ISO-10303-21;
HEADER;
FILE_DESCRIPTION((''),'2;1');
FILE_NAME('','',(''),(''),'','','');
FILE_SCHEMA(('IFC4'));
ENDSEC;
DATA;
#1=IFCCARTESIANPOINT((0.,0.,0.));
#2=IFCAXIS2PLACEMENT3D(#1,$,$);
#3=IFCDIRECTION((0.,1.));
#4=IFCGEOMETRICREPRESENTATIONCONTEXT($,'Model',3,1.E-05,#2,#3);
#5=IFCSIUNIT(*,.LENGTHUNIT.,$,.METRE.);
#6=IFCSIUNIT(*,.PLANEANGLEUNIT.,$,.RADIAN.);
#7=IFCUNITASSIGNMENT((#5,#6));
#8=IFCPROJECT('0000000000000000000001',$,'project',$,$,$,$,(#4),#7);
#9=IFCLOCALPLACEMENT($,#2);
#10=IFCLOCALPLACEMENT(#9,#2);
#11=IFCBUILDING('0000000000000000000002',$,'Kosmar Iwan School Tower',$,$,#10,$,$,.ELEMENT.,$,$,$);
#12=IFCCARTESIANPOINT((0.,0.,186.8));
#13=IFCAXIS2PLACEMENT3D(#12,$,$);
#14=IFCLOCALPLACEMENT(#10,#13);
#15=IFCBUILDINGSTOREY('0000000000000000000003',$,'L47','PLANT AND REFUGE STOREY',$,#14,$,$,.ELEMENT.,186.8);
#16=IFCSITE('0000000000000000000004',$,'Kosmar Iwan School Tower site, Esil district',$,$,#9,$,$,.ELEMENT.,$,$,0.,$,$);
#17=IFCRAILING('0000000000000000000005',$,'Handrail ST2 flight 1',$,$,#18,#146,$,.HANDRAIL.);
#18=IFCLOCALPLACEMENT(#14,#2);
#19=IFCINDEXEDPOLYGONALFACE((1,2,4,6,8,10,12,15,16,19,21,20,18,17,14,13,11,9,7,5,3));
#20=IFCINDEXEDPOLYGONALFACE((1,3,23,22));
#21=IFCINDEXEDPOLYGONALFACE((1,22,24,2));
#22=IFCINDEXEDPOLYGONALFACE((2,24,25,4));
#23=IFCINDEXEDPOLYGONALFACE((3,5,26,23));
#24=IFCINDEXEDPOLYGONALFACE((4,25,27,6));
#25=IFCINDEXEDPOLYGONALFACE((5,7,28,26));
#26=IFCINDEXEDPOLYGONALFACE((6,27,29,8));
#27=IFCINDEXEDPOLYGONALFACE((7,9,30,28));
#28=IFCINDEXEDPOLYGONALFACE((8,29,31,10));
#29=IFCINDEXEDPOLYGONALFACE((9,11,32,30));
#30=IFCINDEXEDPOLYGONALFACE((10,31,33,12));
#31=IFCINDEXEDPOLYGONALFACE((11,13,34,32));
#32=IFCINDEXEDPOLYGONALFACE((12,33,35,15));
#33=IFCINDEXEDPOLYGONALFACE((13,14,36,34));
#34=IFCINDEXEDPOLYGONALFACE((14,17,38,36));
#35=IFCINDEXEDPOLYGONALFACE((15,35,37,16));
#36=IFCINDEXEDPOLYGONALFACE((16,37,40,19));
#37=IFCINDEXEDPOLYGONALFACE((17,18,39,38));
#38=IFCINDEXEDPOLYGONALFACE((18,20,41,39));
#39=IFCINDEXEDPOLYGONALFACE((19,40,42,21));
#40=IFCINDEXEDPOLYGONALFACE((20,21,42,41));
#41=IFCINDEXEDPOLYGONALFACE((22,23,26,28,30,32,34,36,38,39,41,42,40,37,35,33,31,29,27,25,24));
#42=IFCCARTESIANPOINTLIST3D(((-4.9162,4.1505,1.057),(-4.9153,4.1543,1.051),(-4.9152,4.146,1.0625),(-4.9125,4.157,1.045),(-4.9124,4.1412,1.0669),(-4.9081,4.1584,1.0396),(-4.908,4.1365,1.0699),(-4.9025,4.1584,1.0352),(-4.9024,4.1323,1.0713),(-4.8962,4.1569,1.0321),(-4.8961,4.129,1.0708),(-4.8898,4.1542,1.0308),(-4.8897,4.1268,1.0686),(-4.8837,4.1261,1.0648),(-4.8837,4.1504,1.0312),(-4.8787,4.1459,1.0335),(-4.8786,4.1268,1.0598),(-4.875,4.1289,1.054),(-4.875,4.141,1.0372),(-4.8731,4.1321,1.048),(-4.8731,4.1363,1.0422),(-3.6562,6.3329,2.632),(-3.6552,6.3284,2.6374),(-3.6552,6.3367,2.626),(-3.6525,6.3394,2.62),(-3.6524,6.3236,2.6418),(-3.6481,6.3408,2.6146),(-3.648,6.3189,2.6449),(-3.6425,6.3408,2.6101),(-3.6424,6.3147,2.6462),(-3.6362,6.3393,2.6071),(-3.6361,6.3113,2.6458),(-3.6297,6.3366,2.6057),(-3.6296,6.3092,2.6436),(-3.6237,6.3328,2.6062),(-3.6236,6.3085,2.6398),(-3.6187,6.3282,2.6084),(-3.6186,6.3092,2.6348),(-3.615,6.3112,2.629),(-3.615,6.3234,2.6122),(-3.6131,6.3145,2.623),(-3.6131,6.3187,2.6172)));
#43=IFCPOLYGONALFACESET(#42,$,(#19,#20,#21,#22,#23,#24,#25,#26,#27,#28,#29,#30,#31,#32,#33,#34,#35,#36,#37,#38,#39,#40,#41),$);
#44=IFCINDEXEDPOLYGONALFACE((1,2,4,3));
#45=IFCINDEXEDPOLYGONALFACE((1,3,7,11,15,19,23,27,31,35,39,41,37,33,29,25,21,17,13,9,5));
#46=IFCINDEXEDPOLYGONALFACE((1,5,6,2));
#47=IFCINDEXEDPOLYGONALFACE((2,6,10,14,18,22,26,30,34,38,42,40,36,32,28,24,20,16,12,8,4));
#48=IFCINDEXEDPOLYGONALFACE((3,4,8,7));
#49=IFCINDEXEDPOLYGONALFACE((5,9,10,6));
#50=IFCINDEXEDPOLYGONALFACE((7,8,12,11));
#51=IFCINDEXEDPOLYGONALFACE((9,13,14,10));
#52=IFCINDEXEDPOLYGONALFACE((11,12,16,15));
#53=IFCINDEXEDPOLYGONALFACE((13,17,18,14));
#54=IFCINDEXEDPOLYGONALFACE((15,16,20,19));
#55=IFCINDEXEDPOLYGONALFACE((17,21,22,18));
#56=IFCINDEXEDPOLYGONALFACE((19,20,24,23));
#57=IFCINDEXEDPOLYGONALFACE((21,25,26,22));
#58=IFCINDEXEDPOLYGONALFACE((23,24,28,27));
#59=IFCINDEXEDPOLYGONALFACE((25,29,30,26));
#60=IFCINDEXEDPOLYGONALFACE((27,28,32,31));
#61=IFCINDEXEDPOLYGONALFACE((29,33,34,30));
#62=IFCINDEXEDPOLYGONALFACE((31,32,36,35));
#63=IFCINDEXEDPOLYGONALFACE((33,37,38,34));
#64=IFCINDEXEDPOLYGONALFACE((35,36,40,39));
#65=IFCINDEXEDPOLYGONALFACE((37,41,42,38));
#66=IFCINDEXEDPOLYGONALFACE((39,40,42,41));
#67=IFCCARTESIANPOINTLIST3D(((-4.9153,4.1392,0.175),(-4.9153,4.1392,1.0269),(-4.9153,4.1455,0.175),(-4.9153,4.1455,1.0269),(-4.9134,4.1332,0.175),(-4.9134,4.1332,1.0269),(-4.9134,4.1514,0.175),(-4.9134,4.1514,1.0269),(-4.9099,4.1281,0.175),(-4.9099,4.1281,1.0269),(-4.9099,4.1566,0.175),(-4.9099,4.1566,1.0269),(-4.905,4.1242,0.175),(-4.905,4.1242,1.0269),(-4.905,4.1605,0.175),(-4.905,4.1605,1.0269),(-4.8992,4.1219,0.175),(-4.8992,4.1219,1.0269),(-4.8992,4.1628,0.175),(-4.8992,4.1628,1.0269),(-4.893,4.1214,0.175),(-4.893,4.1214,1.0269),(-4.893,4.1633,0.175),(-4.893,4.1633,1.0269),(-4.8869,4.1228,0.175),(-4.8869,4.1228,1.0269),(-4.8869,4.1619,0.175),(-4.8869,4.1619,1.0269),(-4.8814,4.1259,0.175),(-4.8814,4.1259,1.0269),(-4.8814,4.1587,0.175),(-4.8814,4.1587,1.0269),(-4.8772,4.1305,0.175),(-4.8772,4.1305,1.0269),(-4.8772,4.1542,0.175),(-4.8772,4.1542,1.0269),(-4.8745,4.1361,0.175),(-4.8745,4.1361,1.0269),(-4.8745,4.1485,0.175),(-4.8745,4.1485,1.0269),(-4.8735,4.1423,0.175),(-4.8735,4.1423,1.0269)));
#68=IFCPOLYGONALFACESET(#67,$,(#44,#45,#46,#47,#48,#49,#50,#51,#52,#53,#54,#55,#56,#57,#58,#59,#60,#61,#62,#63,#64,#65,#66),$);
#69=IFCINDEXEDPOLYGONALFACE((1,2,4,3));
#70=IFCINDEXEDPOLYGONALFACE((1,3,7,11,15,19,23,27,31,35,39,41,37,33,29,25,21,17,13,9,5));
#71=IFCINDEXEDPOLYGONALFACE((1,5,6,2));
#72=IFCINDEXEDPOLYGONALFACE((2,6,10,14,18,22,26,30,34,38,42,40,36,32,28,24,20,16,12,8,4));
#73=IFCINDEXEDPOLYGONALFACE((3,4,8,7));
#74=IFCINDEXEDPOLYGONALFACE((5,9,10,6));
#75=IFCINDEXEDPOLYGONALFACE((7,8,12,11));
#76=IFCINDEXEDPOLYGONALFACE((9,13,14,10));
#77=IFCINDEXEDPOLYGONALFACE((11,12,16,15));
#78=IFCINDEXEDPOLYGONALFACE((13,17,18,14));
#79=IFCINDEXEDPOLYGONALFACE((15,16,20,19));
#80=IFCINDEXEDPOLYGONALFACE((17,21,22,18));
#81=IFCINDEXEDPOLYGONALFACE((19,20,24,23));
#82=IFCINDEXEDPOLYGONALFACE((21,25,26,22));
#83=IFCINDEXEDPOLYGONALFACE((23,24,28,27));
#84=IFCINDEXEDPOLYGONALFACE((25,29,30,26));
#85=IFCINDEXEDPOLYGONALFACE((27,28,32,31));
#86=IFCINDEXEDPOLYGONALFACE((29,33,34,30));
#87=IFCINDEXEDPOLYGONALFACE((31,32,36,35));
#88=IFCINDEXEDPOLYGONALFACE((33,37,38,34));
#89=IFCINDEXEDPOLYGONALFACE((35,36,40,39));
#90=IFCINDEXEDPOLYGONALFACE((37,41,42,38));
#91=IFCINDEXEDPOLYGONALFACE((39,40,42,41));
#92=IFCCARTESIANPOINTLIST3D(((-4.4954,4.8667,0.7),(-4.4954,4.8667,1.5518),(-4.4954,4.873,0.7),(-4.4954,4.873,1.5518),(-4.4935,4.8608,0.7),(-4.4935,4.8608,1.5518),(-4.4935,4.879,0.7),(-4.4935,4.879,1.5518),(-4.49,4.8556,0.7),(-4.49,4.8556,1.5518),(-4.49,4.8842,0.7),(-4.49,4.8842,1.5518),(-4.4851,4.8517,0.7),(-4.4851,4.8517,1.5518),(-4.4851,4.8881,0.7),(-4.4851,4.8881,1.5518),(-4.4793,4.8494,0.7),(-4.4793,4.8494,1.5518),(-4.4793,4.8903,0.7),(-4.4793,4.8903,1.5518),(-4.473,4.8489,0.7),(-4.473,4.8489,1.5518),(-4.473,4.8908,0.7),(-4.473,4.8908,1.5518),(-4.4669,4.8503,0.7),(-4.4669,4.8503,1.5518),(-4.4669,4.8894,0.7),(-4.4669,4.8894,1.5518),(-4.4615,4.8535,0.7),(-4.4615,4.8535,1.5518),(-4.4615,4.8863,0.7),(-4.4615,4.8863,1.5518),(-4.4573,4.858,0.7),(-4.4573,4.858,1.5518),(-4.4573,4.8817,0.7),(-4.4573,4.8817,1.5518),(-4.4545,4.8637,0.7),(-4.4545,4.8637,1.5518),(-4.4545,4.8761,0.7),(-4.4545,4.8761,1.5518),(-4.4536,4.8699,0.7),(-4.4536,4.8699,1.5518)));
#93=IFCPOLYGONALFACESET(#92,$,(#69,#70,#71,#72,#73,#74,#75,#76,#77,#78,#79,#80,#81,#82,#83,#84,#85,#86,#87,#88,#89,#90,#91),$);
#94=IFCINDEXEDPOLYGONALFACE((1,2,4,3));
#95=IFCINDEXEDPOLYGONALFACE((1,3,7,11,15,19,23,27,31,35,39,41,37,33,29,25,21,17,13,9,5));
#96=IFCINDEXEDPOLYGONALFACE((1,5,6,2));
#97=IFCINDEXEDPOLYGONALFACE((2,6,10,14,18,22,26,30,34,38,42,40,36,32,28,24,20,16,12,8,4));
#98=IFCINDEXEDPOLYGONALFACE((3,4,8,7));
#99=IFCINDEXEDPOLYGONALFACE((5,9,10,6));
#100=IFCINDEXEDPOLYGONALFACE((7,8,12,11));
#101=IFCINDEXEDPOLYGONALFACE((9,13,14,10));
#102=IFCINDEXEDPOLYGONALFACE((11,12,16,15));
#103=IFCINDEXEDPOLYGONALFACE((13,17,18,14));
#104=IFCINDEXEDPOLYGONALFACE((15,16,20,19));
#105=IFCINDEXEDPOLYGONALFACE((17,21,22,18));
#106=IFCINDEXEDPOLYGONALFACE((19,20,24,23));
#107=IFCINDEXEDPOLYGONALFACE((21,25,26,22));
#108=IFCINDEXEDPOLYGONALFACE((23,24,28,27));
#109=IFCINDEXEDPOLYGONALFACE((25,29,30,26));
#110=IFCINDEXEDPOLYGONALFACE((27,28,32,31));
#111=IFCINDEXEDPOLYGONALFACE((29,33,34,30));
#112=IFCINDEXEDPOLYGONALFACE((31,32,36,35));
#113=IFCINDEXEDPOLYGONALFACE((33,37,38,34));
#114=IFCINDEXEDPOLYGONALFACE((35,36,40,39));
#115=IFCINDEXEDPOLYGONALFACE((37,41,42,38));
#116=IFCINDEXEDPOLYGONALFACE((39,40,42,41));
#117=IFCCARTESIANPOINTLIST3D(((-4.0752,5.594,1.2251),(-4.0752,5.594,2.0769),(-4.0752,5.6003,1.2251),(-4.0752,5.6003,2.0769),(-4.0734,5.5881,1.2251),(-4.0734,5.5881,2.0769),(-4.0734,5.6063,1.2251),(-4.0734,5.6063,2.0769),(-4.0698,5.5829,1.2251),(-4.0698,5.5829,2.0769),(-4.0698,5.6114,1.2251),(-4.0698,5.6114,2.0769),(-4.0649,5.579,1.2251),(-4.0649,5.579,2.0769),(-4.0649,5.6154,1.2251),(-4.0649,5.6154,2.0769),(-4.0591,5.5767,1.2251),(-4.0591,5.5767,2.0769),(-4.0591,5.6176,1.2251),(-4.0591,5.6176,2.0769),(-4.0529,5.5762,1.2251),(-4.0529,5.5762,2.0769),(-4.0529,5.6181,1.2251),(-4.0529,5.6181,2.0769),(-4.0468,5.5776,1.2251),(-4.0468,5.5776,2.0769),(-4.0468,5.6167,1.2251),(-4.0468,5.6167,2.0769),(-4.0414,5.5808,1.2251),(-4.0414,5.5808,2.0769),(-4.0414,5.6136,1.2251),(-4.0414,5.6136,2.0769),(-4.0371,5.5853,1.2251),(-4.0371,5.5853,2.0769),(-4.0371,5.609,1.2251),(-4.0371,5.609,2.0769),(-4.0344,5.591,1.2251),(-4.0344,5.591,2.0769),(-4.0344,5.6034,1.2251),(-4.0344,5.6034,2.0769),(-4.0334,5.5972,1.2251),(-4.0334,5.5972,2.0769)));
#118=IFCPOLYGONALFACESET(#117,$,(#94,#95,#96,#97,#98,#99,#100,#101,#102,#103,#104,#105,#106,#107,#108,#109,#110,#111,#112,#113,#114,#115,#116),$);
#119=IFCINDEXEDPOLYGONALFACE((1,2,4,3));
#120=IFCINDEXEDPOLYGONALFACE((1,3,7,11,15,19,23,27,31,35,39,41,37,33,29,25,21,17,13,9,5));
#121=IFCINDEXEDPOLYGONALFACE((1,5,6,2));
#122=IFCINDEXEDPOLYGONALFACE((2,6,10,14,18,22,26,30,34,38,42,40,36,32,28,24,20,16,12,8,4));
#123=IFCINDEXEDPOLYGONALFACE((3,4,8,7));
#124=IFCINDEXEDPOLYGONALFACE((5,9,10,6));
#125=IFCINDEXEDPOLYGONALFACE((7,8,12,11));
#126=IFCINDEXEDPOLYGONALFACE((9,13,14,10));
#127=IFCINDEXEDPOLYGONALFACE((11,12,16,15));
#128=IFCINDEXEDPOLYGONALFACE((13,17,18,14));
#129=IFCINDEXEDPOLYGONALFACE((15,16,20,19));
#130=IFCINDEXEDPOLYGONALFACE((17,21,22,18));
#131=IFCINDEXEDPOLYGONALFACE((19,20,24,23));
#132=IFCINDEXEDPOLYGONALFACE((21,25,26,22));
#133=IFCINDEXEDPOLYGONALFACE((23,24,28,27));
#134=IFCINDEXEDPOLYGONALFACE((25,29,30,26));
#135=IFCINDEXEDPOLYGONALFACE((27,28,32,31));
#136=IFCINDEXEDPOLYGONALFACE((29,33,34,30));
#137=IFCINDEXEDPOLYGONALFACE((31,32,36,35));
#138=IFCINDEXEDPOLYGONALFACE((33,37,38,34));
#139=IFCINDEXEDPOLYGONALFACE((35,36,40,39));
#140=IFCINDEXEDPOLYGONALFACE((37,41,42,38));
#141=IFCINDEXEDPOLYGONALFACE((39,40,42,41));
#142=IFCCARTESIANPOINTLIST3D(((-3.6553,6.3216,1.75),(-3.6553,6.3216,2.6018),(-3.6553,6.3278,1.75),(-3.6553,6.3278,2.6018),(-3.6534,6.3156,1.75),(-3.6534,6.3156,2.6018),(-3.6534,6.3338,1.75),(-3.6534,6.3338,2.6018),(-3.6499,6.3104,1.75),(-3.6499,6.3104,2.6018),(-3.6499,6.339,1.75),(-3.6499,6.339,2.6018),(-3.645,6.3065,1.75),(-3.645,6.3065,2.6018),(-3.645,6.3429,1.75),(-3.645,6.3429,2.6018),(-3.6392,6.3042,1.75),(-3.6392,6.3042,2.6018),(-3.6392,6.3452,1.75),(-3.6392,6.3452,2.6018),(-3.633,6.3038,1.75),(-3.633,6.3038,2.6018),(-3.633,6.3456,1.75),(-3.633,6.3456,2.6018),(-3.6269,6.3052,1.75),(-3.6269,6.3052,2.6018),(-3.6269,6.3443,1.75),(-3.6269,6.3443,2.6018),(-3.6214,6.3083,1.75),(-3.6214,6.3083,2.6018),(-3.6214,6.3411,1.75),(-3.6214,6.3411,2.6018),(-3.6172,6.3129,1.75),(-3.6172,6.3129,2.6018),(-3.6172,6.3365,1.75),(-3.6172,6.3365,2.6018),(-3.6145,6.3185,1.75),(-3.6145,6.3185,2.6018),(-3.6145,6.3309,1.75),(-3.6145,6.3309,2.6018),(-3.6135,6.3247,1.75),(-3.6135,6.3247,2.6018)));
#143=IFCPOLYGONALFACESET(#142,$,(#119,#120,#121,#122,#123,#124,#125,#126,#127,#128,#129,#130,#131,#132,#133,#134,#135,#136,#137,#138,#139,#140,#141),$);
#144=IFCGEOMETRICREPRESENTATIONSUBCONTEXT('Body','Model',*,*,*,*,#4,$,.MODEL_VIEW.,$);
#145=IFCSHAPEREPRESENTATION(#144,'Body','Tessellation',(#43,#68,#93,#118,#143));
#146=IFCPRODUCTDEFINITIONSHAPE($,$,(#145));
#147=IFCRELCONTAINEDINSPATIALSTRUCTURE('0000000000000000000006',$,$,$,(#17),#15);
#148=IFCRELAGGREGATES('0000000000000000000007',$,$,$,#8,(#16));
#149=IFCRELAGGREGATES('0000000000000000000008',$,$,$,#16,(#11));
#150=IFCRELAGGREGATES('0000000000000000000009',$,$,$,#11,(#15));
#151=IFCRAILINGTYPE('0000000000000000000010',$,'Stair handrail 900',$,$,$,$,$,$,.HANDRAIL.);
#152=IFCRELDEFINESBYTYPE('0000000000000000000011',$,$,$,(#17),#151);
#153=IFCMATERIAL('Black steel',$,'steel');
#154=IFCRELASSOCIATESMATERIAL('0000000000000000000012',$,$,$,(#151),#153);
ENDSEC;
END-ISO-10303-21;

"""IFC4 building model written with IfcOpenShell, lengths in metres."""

from ifc_helpers import new_model, si_unit, direction, frame, origin, origin_2d, place, context, subcontext, project, spatial, circle, extrude, material, type_object, element, save


model = new_model("IFC4")

# Units and contexts
model_context = context("Model", 3, precision=1e-05, world=origin(), true_north=direction((0.0, 1.0)))
body_context = subcontext(model_context, "Body", "Model", "MODEL_VIEW")
ifc_project = project(units=[si_unit("LENGTHUNIT", "METRE"), si_unit("PLANEANGLEUNIT", "RADIAN")], contexts=[model_context])

# Site, building, storey
site_placement = place(None, origin())
site = spatial("IfcSite", under=ifc_project, at=site_placement, Name="Kosmar Iwan School Tower site, Esil district", CompositionType="ELEMENT", RefElevation=0.0)
building_placement = place(site_placement, origin())
building = spatial("IfcBuilding", under=site, at=building_placement, Name="Kosmar Iwan School Tower", CompositionType="ELEMENT")
storey_placement = place(building_placement, frame((0.0, 0.0, 186.8)))
storey = spatial("IfcBuildingStorey", under=building, at=storey_placement, Name="L47", Description="PLANT AND REFUGE STOREY", CompositionType="ELEMENT", Elevation=186.8)

# Railing
ifc_material_1 = material(Name="Black steel", Category="steel")
railing_type = type_object("IfcRailingType", Name="Stair handrail 900", PredefinedType="HANDRAIL", material=ifc_material_1)
for number, where, name in (
    (1, (-4.8945, 4.1423, 0.175), "Handrail ST2 flight 1"),
):
    element("IfcRailing", number, at=place(storey_placement, frame(where)), inside=storey, type_object=railing_type, Name=name, PredefinedType="HANDRAIL", context=body_context, shape_type="SweptSolid", body=[
        extrude(circle(Radius=0.0239, at=origin_2d()), frame((0.0, 0.0, 0.876), z_axis=(0.424007, 0.734392, 0.529988), x_axis=(-0.866023, 0.500005, 0.0)), (0.0, 0.0, 1.0), 2.9717),
        extrude(circle(Radius=0.021, at=origin_2d()), origin(), (0.0, 0.0, 1.0), 0.8518),
        extrude(circle(Radius=0.021, at=origin_2d()), frame((0.4199, 0.7275, 0.5249)), (0.0, 0.0, 1.0), 0.8518),
        extrude(circle(Radius=0.021, at=origin_2d()), frame((0.8401, 1.4548, 1.05)), (0.0, 0.0, 1.0), 0.8518),
        extrude(circle(Radius=0.021, at=origin_2d()), frame((1.26, 2.1824, 1.575)), (0.0, 0.0, 1.0), 0.8518),
    ])

save(model, "model.ifc")
